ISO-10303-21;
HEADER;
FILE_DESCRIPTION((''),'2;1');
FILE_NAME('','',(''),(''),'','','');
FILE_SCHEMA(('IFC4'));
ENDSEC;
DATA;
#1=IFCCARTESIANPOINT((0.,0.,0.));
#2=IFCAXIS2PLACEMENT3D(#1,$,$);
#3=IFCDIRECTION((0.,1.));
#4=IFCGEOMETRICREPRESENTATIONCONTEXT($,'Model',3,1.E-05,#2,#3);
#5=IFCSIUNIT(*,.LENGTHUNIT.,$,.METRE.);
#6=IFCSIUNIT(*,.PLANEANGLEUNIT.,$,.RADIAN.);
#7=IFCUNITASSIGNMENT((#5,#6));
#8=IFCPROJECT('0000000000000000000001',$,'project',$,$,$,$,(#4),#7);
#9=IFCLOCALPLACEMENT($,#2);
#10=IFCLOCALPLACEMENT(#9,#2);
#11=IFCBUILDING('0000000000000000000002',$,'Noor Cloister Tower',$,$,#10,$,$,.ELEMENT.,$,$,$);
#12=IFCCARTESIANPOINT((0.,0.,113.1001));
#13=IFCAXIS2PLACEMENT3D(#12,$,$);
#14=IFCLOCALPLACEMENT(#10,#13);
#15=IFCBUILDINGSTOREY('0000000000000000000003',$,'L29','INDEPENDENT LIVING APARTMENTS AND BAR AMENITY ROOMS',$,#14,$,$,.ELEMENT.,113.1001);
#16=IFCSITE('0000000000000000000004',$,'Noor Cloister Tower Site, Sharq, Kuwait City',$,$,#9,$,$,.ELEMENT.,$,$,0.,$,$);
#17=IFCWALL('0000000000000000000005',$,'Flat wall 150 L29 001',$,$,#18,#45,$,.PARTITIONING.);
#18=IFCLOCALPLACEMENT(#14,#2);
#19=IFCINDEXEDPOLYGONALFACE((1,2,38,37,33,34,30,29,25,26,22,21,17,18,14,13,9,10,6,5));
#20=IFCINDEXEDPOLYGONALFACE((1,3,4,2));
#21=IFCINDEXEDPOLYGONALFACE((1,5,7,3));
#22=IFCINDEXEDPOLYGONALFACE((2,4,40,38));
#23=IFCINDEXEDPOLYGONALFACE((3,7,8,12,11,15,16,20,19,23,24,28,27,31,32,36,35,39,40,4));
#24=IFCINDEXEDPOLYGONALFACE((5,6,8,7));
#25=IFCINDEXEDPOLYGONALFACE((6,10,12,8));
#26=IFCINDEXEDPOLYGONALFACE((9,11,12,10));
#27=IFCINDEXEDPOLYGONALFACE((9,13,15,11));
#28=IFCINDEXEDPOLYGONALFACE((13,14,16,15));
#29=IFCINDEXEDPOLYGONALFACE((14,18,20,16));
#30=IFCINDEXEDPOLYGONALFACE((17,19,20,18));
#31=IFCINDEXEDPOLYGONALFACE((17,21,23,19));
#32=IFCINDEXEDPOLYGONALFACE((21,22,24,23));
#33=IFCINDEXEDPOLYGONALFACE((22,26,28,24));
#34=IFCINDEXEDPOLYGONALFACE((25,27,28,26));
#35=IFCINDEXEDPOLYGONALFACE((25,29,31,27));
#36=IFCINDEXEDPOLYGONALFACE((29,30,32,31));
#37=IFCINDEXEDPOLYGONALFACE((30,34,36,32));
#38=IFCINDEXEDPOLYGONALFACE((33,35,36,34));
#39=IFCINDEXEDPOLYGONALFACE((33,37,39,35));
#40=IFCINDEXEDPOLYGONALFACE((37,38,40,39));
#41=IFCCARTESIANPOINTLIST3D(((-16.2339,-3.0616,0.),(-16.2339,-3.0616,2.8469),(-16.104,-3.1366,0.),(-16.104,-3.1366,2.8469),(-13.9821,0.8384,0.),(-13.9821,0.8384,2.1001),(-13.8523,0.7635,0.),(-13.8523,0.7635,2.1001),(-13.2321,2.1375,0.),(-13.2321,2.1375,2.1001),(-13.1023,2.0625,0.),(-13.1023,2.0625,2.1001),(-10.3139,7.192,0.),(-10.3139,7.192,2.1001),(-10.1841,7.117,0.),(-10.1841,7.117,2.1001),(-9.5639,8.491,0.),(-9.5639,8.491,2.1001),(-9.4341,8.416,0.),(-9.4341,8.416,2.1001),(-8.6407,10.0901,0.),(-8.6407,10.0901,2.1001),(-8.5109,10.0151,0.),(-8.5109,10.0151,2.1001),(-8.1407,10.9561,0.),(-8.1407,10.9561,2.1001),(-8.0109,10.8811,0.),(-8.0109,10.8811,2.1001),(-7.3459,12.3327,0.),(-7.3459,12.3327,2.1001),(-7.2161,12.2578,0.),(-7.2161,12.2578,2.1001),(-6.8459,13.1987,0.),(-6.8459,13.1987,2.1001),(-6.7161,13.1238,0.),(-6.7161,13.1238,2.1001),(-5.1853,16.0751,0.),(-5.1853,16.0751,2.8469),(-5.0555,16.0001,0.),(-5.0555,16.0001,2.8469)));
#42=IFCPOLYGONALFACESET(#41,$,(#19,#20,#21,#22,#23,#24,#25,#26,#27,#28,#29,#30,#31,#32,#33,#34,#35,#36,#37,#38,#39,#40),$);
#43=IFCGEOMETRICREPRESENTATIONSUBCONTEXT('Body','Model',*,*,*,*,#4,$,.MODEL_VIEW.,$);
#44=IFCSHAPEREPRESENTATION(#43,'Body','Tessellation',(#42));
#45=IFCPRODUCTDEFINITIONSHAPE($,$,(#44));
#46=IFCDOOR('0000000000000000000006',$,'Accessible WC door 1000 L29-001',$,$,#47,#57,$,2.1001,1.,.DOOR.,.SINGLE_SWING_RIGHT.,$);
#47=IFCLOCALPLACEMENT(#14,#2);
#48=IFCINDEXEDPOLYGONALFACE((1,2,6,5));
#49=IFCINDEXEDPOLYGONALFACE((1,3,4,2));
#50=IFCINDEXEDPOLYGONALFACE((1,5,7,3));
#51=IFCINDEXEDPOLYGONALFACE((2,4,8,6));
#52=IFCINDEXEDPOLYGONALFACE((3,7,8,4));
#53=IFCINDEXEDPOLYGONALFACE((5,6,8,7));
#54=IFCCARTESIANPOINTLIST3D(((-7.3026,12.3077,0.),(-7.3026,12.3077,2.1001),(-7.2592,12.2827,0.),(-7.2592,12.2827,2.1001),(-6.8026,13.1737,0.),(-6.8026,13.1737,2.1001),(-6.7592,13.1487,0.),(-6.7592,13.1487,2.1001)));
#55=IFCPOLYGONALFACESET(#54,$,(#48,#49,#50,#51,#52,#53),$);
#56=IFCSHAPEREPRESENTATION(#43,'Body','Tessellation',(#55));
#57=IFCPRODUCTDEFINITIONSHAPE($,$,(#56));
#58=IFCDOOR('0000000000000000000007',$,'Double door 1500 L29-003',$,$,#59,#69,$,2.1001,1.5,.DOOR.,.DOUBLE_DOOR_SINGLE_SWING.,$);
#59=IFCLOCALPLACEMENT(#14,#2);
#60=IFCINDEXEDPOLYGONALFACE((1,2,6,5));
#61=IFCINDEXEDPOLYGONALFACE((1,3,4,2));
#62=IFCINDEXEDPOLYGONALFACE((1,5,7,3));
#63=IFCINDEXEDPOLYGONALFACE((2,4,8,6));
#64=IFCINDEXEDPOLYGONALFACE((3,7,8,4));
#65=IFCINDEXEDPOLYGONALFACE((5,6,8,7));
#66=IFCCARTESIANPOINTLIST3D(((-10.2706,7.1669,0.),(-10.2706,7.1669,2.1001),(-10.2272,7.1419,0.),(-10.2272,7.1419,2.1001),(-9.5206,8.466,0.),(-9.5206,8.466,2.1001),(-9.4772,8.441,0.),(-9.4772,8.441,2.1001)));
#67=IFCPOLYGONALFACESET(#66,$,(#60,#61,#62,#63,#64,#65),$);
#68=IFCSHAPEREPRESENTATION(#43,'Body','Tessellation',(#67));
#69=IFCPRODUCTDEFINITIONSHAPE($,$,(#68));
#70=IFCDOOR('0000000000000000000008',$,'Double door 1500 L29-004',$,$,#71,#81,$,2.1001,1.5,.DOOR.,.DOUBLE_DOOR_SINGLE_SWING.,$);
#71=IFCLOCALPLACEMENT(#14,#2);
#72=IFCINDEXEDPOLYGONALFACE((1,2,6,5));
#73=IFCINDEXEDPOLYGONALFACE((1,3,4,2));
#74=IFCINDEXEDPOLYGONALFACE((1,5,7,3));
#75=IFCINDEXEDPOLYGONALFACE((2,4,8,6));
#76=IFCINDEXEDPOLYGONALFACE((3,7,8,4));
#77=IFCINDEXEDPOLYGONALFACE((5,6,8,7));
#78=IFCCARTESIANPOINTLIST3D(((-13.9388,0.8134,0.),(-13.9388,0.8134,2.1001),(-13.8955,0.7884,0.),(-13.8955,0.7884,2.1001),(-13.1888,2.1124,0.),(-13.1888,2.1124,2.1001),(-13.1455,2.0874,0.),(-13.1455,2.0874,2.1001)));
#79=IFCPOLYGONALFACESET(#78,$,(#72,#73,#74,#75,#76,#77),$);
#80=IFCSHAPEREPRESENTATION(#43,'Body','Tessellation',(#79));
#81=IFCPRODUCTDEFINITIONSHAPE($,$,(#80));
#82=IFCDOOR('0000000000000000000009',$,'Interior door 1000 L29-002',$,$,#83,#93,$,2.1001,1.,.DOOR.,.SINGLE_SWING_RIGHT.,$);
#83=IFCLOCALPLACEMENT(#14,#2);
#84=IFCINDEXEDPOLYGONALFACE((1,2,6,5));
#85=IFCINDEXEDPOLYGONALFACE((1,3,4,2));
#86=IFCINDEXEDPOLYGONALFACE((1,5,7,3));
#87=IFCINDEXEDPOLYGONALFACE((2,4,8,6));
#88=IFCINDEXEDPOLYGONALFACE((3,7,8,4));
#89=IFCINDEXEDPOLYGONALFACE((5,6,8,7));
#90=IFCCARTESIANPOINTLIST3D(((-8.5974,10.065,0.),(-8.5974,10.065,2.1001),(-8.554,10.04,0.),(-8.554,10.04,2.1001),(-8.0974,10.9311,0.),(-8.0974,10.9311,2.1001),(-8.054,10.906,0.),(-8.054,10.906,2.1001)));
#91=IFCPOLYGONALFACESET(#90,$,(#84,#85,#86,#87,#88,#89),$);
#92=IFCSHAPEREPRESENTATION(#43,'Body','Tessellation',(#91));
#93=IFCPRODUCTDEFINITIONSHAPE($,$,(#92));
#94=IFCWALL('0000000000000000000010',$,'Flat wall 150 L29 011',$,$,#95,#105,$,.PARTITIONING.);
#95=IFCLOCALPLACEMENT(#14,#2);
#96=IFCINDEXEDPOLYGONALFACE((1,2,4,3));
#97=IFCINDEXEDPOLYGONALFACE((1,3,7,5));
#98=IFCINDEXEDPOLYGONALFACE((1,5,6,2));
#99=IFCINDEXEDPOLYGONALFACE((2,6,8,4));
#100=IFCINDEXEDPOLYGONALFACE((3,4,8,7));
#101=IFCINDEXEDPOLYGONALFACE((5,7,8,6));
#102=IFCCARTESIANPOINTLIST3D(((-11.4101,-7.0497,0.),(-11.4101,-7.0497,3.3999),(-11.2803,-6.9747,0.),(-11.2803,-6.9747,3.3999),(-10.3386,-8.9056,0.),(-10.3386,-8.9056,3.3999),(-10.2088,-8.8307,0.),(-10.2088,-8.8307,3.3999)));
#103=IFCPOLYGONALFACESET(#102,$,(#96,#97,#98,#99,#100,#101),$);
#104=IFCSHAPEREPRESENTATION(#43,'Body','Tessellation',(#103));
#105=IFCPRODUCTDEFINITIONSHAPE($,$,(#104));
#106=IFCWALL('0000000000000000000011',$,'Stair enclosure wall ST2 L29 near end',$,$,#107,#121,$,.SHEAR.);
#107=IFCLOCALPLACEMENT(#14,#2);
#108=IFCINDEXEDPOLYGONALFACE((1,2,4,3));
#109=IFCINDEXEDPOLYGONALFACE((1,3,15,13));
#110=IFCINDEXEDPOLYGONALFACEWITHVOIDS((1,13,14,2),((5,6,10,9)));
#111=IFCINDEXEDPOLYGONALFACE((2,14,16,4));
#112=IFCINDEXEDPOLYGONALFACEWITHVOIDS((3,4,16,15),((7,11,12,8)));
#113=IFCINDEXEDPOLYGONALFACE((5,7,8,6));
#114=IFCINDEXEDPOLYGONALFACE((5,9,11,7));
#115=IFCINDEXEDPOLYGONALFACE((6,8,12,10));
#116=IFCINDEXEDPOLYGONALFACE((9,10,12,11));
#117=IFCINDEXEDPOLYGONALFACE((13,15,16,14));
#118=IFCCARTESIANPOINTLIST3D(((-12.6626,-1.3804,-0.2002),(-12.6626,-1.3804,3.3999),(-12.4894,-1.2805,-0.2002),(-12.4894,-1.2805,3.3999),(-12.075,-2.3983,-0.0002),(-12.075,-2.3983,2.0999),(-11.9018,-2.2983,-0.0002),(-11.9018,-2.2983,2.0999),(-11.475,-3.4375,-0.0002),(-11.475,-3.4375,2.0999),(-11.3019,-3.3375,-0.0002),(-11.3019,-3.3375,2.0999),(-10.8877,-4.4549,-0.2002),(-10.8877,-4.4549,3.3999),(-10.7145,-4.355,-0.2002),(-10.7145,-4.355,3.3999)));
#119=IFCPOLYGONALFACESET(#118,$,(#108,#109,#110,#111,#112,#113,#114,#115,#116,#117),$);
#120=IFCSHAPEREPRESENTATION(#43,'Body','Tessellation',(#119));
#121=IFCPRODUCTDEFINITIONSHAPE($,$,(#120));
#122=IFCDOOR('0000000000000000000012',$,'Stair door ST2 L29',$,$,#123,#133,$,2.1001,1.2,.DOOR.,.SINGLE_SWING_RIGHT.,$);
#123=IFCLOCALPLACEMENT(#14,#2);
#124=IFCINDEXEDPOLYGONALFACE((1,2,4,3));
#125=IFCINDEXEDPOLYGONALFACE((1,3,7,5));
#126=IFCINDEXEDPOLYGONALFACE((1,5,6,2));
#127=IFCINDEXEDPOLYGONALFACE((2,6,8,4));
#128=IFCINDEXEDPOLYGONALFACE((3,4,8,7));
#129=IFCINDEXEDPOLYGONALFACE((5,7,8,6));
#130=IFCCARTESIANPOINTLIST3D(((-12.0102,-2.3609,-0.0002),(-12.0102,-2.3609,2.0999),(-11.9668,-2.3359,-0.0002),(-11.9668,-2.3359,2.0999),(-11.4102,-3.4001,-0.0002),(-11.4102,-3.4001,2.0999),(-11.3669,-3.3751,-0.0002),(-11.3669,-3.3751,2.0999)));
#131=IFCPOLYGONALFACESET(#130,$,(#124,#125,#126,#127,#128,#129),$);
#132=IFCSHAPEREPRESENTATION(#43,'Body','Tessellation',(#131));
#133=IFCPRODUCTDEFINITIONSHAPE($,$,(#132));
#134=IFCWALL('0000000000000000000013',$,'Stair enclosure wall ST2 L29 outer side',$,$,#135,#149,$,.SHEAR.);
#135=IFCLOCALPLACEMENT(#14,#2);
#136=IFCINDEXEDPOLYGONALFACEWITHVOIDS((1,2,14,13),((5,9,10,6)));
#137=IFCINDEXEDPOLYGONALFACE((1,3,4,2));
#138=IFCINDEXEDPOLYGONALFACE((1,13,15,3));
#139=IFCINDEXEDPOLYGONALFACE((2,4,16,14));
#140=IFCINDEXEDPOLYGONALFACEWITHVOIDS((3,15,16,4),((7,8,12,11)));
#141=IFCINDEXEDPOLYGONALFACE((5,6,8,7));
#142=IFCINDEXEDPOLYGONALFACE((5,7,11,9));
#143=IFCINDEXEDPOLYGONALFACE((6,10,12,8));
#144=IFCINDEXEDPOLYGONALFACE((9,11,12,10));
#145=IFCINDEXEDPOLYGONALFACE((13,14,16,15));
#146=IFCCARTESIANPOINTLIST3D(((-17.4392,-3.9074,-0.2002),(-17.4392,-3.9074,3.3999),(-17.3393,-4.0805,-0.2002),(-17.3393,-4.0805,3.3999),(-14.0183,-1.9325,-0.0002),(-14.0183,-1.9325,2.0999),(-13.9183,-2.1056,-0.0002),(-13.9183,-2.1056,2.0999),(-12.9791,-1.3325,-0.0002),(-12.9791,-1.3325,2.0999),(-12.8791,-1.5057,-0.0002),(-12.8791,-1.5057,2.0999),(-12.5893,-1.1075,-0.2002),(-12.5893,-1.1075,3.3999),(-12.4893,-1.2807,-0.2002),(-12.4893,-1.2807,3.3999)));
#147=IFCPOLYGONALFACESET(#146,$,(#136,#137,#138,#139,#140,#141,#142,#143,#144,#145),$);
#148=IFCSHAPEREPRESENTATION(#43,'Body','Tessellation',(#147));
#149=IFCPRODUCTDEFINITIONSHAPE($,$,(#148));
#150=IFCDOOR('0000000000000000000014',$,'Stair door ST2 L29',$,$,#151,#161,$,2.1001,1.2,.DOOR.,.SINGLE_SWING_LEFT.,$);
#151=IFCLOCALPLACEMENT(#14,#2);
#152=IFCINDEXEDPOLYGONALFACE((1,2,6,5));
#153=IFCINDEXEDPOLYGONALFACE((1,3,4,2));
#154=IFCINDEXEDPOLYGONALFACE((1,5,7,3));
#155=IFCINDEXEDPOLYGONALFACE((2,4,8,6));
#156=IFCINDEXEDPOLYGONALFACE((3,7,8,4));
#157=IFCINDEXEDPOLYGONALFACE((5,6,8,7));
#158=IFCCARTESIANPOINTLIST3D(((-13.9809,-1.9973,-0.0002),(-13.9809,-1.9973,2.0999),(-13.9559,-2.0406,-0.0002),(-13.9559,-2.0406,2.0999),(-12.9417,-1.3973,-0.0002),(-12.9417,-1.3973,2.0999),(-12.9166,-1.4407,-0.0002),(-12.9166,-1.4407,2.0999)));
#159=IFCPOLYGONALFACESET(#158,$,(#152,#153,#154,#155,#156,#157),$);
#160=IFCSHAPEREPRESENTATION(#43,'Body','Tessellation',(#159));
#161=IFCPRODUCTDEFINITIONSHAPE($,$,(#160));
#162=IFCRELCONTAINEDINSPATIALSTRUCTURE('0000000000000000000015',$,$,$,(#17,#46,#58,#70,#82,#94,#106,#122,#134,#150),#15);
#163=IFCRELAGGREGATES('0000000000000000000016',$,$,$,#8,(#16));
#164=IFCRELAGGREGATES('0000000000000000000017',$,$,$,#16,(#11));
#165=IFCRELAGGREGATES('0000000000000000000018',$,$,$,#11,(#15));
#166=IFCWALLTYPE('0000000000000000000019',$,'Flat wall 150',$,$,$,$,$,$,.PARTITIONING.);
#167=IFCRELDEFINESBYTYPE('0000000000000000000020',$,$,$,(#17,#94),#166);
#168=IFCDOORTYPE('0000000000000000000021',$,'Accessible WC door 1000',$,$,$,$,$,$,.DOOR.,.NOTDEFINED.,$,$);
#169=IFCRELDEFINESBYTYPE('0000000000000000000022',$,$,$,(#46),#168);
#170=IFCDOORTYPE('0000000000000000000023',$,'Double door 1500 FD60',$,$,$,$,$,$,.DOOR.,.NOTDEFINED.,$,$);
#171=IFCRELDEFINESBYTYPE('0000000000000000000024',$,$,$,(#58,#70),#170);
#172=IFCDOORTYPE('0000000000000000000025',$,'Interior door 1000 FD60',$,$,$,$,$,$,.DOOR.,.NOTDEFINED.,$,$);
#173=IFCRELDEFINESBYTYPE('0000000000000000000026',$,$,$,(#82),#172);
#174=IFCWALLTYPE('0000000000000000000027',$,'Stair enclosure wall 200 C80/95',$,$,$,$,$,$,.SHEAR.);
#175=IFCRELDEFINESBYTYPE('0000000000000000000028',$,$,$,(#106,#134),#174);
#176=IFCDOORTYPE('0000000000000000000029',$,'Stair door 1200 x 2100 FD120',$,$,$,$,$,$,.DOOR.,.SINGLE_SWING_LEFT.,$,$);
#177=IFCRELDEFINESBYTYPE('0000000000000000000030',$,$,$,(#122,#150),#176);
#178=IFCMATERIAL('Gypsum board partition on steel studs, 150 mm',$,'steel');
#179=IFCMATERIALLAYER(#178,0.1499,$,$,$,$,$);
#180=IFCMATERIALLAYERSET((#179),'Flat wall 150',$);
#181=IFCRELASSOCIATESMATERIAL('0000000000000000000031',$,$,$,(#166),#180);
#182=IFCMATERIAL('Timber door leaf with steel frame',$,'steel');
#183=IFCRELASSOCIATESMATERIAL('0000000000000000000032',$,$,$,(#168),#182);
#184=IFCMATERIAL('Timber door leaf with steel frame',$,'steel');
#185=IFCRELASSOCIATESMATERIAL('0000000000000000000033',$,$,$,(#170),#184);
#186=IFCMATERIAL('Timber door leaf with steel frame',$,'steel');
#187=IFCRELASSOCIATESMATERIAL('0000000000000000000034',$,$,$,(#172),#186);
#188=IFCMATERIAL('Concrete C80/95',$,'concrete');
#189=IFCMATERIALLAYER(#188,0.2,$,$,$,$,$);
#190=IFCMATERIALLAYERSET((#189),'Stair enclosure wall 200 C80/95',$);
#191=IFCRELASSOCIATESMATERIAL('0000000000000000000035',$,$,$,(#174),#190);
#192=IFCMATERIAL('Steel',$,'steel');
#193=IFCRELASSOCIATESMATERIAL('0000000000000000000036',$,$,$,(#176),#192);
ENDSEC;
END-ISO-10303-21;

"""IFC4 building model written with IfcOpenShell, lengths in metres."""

from ifc_helpers import new_model, si_unit, direction, frame, frame_2d, origin, place, context, subcontext, project, spatial, rectangle, extrude, material, layer, layer_set, type_object, element, fill, save


model = new_model("IFC4")

# Units and contexts
model_context = context("Model", 3, precision=1e-05, world=origin(), true_north=direction((0.0, 1.0)))
body_context = subcontext(model_context, "Body", "Model", "MODEL_VIEW")
ifc_project = project(units=[si_unit("LENGTHUNIT", "METRE"), si_unit("PLANEANGLEUNIT", "RADIAN")], contexts=[model_context])

# Site, building, storey
site_placement = place(None, origin())
site = spatial("IfcSite", under=ifc_project, at=site_placement, Name="Noor Cloister Tower Site, Sharq, Kuwait City", CompositionType="ELEMENT", RefElevation=0.0)
building_placement = place(site_placement, origin())
building = spatial("IfcBuilding", under=site, at=building_placement, Name="Noor Cloister Tower", CompositionType="ELEMENT")
storey_placement = place(building_placement, frame((0.0, 0.0, 113.1001)))
storey = spatial("IfcBuildingStorey", under=building, at=storey_placement, Name="L29", Description="INDEPENDENT LIVING APARTMENTS AND BAR AMENITY ROOMS", CompositionType="ELEMENT", Elevation=113.1001)

# Wall, openings, doors
ifc_material_1 = material(Name="Gypsum board partition on steel studs, 150 mm", Category="steel")
ifc_layer_1 = layer(ifc_material_1, 0.1499)
ifc_layer_set_1 = layer_set([ifc_layer_1], Name="Flat wall 150")
wall_type_1 = type_object("IfcWallType", Name="Flat wall 150", PredefinedType="PARTITIONING", material=ifc_layer_set_1)
wall_1_placement = place(storey_placement, frame((-16.1689, -3.0991, 0.0), z_axis=(0.0, 0.0, 1.0), x_axis=(0.5, 0.866026, 0.0)))
wall_1 = element("IfcWall", 1, at=wall_1_placement, inside=storey, type_object=wall_type_1, Name="Flat wall 150 L29 001", PredefinedType="PARTITIONING", context=body_context, shape_type="SweptSolid", body=[
    extrude(rectangle(XDim=22.0972, YDim=0.1499, at=frame_2d((11.0486, 0.0))), origin(), (0.0, 0.0, 1.0), 2.8469),
])
opening_1_placement = place(wall_1_placement, frame((17.7759, 0.0, 0.0)))
opening_1 = element("IfcOpeningElement", 2, at=opening_1_placement, cuts=wall_1, PredefinedType="OPENING", context=body_context, shape_type="SweptSolid", body=[
    extrude(rectangle(XDim=1.0, YDim=2.1001, at=frame_2d((0.5, 1.05))), frame((0.0, 0.085, 0.0), z_axis=(0.0, -1.0, 0.0), x_axis=(1.0, 0.0, 0.0)), (0.0, 0.0, 1.0), 0.1699),
])
opening_2_placement = place(wall_1_placement, frame((15.1863, 0.0, 0.0)))
opening_2 = element("IfcOpeningElement", 3, at=opening_2_placement, cuts=wall_1, PredefinedType="OPENING", context=body_context, shape_type="SweptSolid", body=[
    extrude(rectangle(XDim=1.0, YDim=2.1001, at=frame_2d((0.5, 1.05))), frame((0.0, 0.085, 0.0), z_axis=(0.0, -1.0, 0.0), x_axis=(1.0, 0.0, 0.0)), (0.0, 0.0, 1.0), 0.1699),
])
opening_3_placement = place(wall_1_placement, frame((11.8398, 0.0, 0.0)))
opening_3 = element("IfcOpeningElement", 4, at=opening_3_placement, cuts=wall_1, PredefinedType="OPENING", context=body_context, shape_type="SweptSolid", body=[
    extrude(rectangle(XDim=1.5, YDim=2.1001, at=frame_2d((0.75, 1.05))), frame((0.0, 0.085, 0.0), z_axis=(0.0, -1.0, 0.0), x_axis=(1.0, 0.0, 0.0)), (0.0, 0.0, 1.0), 0.1699),
])
opening_4_placement = place(wall_1_placement, frame((4.5034, 0.0, 0.0)))
opening_4 = element("IfcOpeningElement", 5, at=opening_4_placement, cuts=wall_1, PredefinedType="OPENING", context=body_context, shape_type="SweptSolid", body=[
    extrude(rectangle(XDim=1.5, YDim=2.1001, at=frame_2d((0.75, 1.05))), frame((0.0, 0.085, 0.0), z_axis=(0.0, -1.0, 0.0), x_axis=(1.0, 0.0, 0.0)), (0.0, 0.0, 1.0), 0.1699),
])
ifc_material_2 = material(Name="Timber door leaf with steel frame", Category="steel")
door_type_1 = type_object("IfcDoorType", Name="Accessible WC door 1000", OperationType="NOTDEFINED", PredefinedType="DOOR", material=ifc_material_2)
door_1_placement = place(opening_1_placement, origin())
door_1 = element("IfcDoor", 6, at=door_1_placement, inside=storey, type_object=door_type_1, Name="Accessible WC door 1000 L29-001", OperationType="SINGLE_SWING_RIGHT", OverallHeight=2.1001, OverallWidth=1.0, PredefinedType="DOOR", context=body_context, shape_type="SweptSolid", body=[
    extrude(rectangle(XDim=1.0, YDim=2.1001, at=frame_2d((0.5, 1.05))), frame((0.0, 0.0249, 0.0), z_axis=(0.0, -1.0, 0.0), x_axis=(1.0, 0.0, 0.0)), (0.0, 0.0, 1.0), 0.05),
])
fill(opening_1, door_1)
ifc_material_3 = material(Name="Timber door leaf with steel frame", Category="steel")
door_type_2 = type_object("IfcDoorType", Name="Double door 1500 FD60", OperationType="NOTDEFINED", PredefinedType="DOOR", material=ifc_material_3)
door_2_placement = place(opening_3_placement, origin())
door_2 = element("IfcDoor", 7, at=door_2_placement, inside=storey, type_object=door_type_2, Name="Double door 1500 L29-003", OperationType="DOUBLE_DOOR_SINGLE_SWING", OverallHeight=2.1001, OverallWidth=1.5, PredefinedType="DOOR", context=body_context, shape_type="SweptSolid", body=[
    extrude(rectangle(XDim=1.5, YDim=2.1001, at=frame_2d((0.75, 1.05))), frame((0.0, 0.0249, 0.0), z_axis=(0.0, -1.0, 0.0), x_axis=(1.0, 0.0, 0.0)), (0.0, 0.0, 1.0), 0.05),
])
fill(opening_3, door_2)
door_3_placement = place(opening_4_placement, origin())
door_3 = element("IfcDoor", 8, at=door_3_placement, inside=storey, type_object=door_type_2, Name="Double door 1500 L29-004", OperationType="DOUBLE_DOOR_SINGLE_SWING", OverallHeight=2.1001, OverallWidth=1.5, PredefinedType="DOOR", context=body_context, shape_type="SweptSolid", body=[
    extrude(rectangle(XDim=1.5, YDim=2.1001, at=frame_2d((0.75, 1.05))), frame((0.0, 0.0249, 0.0), z_axis=(0.0, -1.0, 0.0), x_axis=(1.0, 0.0, 0.0)), (0.0, 0.0, 1.0), 0.05),
])
fill(opening_4, door_3)
ifc_material_4 = material(Name="Timber door leaf with steel frame", Category="steel")
door_type_3 = type_object("IfcDoorType", Name="Interior door 1000 FD60", OperationType="NOTDEFINED", PredefinedType="DOOR", material=ifc_material_4)
door_4_placement = place(opening_2_placement, origin())
door_4 = element("IfcDoor", 9, at=door_4_placement, inside=storey, type_object=door_type_3, Name="Interior door 1000 L29-002", OperationType="SINGLE_SWING_RIGHT", OverallHeight=2.1001, OverallWidth=1.0, PredefinedType="DOOR", context=body_context, shape_type="SweptSolid", body=[
    extrude(rectangle(XDim=1.0, YDim=2.1001, at=frame_2d((0.5, 1.05))), frame((0.0, 0.0249, 0.0), z_axis=(0.0, -1.0, 0.0), x_axis=(1.0, 0.0, 0.0)), (0.0, 0.0, 1.0), 0.05),
])
fill(opening_2, door_4)

# Wall
wall_2_placement = place(storey_placement, frame((-11.3452, -7.0122, 0.0), z_axis=(0.0, 0.0, 1.0), x_axis=(0.499999, -0.866026, 0.0)))
element("IfcWall", 10, at=wall_2_placement, inside=storey, type_object=wall_type_1, Name="Flat wall 150 L29 011", PredefinedType="PARTITIONING", context=body_context, shape_type="SweptSolid", body=[
    extrude(rectangle(XDim=2.1431, YDim=0.1499, at=frame_2d((1.0715, 0.0))), origin(), (0.0, 0.0, 1.0), 3.3999),
])

# Walls, openings, doors
ifc_material_5 = material(Name="Concrete C80/95", Category="concrete")
ifc_layer_2 = layer(ifc_material_5, 0.2)
ifc_layer_set_2 = layer_set([ifc_layer_2], Name="Stair enclosure wall 200 C80/95")
wall_type_2 = type_object("IfcWallType", Name="Stair enclosure wall 200 C80/95", PredefinedType="SHEAR", material=ifc_layer_set_2)
wall_3_placement = place(storey_placement, frame((-12.5759, -1.3306, -0.2002), z_axis=(0.0, 0.0, 1.0), x_axis=(0.49997, -0.866042, 0.0)))
wall_3 = element("IfcWall", 11, at=wall_3_placement, inside=storey, type_object=wall_type_2, Name="Stair enclosure wall ST2 L29 near end", PredefinedType="SHEAR", context=body_context, shape_type="SweptSolid", body=[
    extrude(rectangle(XDim=3.55, YDim=0.2, at=frame_2d((1.7749, 0.0))), origin(), (0.0, 0.0, 1.0), 3.6001),
])
opening_5_placement = place(wall_3_placement, frame((1.175, 0.0, 0.2)))
opening_5 = element("IfcOpeningElement", 12, at=opening_5_placement, cuts=wall_3, PredefinedType="OPENING", context=body_context, shape_type="SweptSolid", body=[
    extrude(rectangle(XDim=1.2, YDim=2.1001, at=frame_2d((0.6001, 1.05))), frame((0.0, 0.1099, 0.0), z_axis=(0.0, -1.0, 0.0), x_axis=(1.0, 0.0, 0.0)), (0.0, 0.0, 1.0), 0.22),
])
ifc_material_6 = material(Name="Steel", Category="steel")
door_type_4 = type_object("IfcDoorType", Name="Stair door 1200 x 2100 FD120", OperationType="SINGLE_SWING_LEFT", PredefinedType="DOOR", material=ifc_material_6)
door_5_placement = place(opening_5_placement, origin())
door_5 = element("IfcDoor", 13, at=door_5_placement, inside=storey, type_object=door_type_4, Name="Stair door ST2 L29", OperationType="SINGLE_SWING_RIGHT", OverallHeight=2.1001, OverallWidth=1.2, PredefinedType="DOOR", context=body_context, shape_type="SweptSolid", body=[
    extrude(rectangle(XDim=1.2, YDim=2.1001, at=frame_2d((0.6001, 1.05))), frame((0.0, 0.0249, 0.0), z_axis=(0.0, -1.0, 0.0), x_axis=(1.0, 0.0, 0.0)), (0.0, 0.0, 1.0), 0.05),
])
fill(opening_5, door_5)
wall_4_placement = place(storey_placement, frame((-12.5393, -1.1941, -0.2002), z_axis=(0.0, 0.0, 1.0), x_axis=(-0.866045, -0.499965, 0.0)))
wall_4 = element("IfcWall", 14, at=wall_4_placement, inside=storey, type_object=wall_type_2, Name="Stair enclosure wall ST2 L29 outer side", PredefinedType="SHEAR", context=body_context, shape_type="SweptSolid", body=[
    extrude(rectangle(XDim=5.6001, YDim=0.2, at=frame_2d((2.8, 0.0))), origin(), (0.0, 0.0, 1.0), 3.6001),
])
opening_6_placement = place(wall_4_placement, frame((0.45, 0.0, 0.2)))
opening_6 = element("IfcOpeningElement", 15, at=opening_6_placement, cuts=wall_4, PredefinedType="OPENING", context=body_context, shape_type="SweptSolid", body=[
    extrude(rectangle(XDim=1.2, YDim=2.1001, at=frame_2d((0.6001, 1.05))), frame((0.0, 0.1099, 0.0), z_axis=(0.0, -1.0, 0.0), x_axis=(1.0, 0.0, 0.0)), (0.0, 0.0, 1.0), 0.22),
])
door_6_placement = place(opening_6_placement, origin())
door_6 = element("IfcDoor", 16, at=door_6_placement, inside=storey, type_object=door_type_4, Name="Stair door ST2 L29", OperationType="SINGLE_SWING_LEFT", OverallHeight=2.1001, OverallWidth=1.2, PredefinedType="DOOR", context=body_context, shape_type="SweptSolid", body=[
    extrude(rectangle(XDim=1.2, YDim=2.1001, at=frame_2d((0.6001, 1.05))), frame((0.0, 0.0249, 0.0), z_axis=(0.0, -1.0, 0.0), x_axis=(1.0, 0.0, 0.0)), (0.0, 0.0, 1.0), 0.05),
])
fill(opening_6, door_6)

save(model, "model.ifc")
